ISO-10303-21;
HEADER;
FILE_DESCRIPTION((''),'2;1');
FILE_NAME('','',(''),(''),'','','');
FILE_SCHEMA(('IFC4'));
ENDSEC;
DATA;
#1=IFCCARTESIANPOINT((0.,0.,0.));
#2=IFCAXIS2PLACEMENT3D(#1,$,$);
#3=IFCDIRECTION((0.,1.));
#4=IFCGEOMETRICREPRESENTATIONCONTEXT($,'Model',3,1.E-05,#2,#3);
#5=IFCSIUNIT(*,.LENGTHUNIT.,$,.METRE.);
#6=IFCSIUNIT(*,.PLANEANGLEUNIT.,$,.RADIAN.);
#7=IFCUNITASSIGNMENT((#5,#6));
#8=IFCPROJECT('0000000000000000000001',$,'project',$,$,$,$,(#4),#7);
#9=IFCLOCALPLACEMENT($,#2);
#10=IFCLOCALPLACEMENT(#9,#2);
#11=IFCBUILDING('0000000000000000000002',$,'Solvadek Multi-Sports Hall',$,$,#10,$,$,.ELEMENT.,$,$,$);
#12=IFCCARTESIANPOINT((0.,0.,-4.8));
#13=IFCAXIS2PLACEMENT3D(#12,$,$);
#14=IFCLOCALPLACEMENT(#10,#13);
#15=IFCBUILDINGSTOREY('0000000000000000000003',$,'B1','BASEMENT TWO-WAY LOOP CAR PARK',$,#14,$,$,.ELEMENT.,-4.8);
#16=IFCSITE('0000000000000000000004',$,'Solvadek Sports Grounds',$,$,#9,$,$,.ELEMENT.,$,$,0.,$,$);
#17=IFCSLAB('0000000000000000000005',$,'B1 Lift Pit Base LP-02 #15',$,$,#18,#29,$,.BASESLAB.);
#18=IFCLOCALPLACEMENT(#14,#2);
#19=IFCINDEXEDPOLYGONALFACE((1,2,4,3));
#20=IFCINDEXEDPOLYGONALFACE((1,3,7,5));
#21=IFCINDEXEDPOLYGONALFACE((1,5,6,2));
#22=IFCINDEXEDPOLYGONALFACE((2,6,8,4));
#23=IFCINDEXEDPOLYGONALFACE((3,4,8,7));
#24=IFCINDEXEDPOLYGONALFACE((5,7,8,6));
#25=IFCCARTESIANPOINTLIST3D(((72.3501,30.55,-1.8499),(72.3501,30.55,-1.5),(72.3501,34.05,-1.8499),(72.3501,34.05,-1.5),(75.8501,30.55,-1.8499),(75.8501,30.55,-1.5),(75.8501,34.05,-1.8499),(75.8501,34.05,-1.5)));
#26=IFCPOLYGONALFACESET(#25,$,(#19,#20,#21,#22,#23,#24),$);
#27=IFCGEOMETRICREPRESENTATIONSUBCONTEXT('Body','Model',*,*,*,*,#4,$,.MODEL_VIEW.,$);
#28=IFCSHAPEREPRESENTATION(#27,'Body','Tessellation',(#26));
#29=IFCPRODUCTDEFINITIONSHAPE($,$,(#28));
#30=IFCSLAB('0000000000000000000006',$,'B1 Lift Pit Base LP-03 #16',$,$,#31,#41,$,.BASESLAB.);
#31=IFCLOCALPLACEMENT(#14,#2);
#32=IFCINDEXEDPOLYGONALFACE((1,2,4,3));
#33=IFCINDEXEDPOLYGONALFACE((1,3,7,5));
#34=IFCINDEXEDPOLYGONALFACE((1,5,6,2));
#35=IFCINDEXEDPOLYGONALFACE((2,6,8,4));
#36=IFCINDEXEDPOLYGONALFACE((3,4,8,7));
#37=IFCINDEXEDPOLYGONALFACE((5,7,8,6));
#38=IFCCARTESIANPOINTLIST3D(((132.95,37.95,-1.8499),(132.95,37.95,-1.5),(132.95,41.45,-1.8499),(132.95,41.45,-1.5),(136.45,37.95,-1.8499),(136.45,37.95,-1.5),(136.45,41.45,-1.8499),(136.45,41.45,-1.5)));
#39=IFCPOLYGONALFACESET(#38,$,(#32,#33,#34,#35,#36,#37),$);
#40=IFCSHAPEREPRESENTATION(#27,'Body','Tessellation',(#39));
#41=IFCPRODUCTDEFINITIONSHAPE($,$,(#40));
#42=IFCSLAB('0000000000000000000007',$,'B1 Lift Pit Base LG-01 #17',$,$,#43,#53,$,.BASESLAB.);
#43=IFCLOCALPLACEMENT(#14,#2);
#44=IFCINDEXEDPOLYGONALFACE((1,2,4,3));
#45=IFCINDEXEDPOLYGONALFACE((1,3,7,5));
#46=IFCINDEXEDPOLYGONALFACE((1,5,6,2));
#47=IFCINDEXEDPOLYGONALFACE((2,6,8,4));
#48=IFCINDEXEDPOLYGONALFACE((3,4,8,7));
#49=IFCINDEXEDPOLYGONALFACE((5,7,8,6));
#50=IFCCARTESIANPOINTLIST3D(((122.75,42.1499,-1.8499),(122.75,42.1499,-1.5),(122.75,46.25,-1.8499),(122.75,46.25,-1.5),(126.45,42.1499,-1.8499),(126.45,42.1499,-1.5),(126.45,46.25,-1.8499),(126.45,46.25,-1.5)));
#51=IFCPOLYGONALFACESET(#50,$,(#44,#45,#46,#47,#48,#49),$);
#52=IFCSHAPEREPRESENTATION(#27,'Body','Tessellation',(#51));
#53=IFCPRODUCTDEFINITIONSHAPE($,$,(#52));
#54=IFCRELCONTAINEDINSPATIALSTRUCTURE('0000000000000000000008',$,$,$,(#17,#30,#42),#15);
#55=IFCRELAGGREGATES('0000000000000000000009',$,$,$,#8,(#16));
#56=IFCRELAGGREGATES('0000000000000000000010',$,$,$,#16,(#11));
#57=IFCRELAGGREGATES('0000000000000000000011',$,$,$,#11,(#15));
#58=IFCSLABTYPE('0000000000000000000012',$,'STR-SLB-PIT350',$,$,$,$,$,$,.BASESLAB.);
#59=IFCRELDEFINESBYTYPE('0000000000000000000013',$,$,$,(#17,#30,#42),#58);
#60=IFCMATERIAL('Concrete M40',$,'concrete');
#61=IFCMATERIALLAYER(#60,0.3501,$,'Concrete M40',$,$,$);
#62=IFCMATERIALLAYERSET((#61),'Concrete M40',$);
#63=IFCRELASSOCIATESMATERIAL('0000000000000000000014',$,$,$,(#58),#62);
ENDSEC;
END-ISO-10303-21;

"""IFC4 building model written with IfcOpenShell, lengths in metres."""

from ifc_helpers import new_model, si_unit, direction, frame, origin, place, context, subcontext, project, spatial, polyline, outline, extrude, material, layer, layer_set, type_object, element, save


model = new_model("IFC4")

# Units and contexts
model_context = context("Model", 3, precision=1e-05, world=origin(), true_north=direction((0.0, 1.0)))
body_context = subcontext(model_context, "Body", "Model", "MODEL_VIEW")
ifc_project = project(units=[si_unit("LENGTHUNIT", "METRE"), si_unit("PLANEANGLEUNIT", "RADIAN")], contexts=[model_context])

# Site, building, storey
site_placement = place(None, origin())
site = spatial("IfcSite", under=ifc_project, at=site_placement, Name="Solvadek Sports Grounds", CompositionType="ELEMENT", RefElevation=0.0)
building_placement = place(site_placement, origin())
building = spatial("IfcBuilding", under=site, at=building_placement, Name="Solvadek Multi-Sports Hall", CompositionType="ELEMENT")
storey_placement = place(building_placement, frame((0.0, 0.0, -4.8)))
storey = spatial("IfcBuildingStorey", under=building, at=storey_placement, Name="B1", Description="BASEMENT TWO-WAY LOOP CAR PARK", CompositionType="ELEMENT", Elevation=-4.8)

# Shared definitions
ifc_material_1 = material(Name="Concrete M40", Category="concrete")

# Slabs
ifc_layer_1 = layer(ifc_material_1, 0.3501, Name="Concrete M40")
ifc_layer_set_1 = layer_set([ifc_layer_1], Name="Concrete M40")
slab_type_1 = type_object("IfcSlabType", Name="STR-SLB-PIT350", PredefinedType="BASESLAB", material=ifc_layer_set_1)
slab_1_placement = place(storey_placement, frame((0.0, 0.0, -1.8499)))
element("IfcSlab", 1, at=slab_1_placement, inside=storey, type_object=slab_type_1, Name="B1 Lift Pit Base LP-02 #15", PredefinedType="BASESLAB", context=body_context, shape_type="SweptSolid", body=[
    extrude(outline(polyline([(72.3501, 34.05), (75.8501, 34.05), (75.8501, 30.55), (72.3501, 30.55), (72.3501, 34.05)])), origin(), (0.0, 0.0, 1.0), 0.3499),
])
slab_2_placement = place(storey_placement, frame((0.0, 0.0, -1.8499)))
element("IfcSlab", 2, at=slab_2_placement, inside=storey, type_object=slab_type_1, Name="B1 Lift Pit Base LP-03 #16", PredefinedType="BASESLAB", context=body_context, shape_type="SweptSolid", body=[
    extrude(outline(polyline([(132.95, 41.45), (136.45, 41.45), (136.45, 37.95), (132.95, 37.95), (132.95, 41.45)])), origin(), (0.0, 0.0, 1.0), 0.3499),
])
slab_3_placement = place(storey_placement, frame((0.0, 0.0, -1.8499)))
element("IfcSlab", 3, at=slab_3_placement, inside=storey, type_object=slab_type_1, Name="B1 Lift Pit Base LG-01 #17", PredefinedType="BASESLAB", context=body_context, shape_type="SweptSolid", body=[
    extrude(outline(polyline([(122.75, 46.25), (126.45, 46.25), (126.45, 42.1499), (122.75, 42.1499), (122.75, 46.25)])), origin(), (0.0, 0.0, 1.0), 0.3499),
])

save(model, "model.ifc")
